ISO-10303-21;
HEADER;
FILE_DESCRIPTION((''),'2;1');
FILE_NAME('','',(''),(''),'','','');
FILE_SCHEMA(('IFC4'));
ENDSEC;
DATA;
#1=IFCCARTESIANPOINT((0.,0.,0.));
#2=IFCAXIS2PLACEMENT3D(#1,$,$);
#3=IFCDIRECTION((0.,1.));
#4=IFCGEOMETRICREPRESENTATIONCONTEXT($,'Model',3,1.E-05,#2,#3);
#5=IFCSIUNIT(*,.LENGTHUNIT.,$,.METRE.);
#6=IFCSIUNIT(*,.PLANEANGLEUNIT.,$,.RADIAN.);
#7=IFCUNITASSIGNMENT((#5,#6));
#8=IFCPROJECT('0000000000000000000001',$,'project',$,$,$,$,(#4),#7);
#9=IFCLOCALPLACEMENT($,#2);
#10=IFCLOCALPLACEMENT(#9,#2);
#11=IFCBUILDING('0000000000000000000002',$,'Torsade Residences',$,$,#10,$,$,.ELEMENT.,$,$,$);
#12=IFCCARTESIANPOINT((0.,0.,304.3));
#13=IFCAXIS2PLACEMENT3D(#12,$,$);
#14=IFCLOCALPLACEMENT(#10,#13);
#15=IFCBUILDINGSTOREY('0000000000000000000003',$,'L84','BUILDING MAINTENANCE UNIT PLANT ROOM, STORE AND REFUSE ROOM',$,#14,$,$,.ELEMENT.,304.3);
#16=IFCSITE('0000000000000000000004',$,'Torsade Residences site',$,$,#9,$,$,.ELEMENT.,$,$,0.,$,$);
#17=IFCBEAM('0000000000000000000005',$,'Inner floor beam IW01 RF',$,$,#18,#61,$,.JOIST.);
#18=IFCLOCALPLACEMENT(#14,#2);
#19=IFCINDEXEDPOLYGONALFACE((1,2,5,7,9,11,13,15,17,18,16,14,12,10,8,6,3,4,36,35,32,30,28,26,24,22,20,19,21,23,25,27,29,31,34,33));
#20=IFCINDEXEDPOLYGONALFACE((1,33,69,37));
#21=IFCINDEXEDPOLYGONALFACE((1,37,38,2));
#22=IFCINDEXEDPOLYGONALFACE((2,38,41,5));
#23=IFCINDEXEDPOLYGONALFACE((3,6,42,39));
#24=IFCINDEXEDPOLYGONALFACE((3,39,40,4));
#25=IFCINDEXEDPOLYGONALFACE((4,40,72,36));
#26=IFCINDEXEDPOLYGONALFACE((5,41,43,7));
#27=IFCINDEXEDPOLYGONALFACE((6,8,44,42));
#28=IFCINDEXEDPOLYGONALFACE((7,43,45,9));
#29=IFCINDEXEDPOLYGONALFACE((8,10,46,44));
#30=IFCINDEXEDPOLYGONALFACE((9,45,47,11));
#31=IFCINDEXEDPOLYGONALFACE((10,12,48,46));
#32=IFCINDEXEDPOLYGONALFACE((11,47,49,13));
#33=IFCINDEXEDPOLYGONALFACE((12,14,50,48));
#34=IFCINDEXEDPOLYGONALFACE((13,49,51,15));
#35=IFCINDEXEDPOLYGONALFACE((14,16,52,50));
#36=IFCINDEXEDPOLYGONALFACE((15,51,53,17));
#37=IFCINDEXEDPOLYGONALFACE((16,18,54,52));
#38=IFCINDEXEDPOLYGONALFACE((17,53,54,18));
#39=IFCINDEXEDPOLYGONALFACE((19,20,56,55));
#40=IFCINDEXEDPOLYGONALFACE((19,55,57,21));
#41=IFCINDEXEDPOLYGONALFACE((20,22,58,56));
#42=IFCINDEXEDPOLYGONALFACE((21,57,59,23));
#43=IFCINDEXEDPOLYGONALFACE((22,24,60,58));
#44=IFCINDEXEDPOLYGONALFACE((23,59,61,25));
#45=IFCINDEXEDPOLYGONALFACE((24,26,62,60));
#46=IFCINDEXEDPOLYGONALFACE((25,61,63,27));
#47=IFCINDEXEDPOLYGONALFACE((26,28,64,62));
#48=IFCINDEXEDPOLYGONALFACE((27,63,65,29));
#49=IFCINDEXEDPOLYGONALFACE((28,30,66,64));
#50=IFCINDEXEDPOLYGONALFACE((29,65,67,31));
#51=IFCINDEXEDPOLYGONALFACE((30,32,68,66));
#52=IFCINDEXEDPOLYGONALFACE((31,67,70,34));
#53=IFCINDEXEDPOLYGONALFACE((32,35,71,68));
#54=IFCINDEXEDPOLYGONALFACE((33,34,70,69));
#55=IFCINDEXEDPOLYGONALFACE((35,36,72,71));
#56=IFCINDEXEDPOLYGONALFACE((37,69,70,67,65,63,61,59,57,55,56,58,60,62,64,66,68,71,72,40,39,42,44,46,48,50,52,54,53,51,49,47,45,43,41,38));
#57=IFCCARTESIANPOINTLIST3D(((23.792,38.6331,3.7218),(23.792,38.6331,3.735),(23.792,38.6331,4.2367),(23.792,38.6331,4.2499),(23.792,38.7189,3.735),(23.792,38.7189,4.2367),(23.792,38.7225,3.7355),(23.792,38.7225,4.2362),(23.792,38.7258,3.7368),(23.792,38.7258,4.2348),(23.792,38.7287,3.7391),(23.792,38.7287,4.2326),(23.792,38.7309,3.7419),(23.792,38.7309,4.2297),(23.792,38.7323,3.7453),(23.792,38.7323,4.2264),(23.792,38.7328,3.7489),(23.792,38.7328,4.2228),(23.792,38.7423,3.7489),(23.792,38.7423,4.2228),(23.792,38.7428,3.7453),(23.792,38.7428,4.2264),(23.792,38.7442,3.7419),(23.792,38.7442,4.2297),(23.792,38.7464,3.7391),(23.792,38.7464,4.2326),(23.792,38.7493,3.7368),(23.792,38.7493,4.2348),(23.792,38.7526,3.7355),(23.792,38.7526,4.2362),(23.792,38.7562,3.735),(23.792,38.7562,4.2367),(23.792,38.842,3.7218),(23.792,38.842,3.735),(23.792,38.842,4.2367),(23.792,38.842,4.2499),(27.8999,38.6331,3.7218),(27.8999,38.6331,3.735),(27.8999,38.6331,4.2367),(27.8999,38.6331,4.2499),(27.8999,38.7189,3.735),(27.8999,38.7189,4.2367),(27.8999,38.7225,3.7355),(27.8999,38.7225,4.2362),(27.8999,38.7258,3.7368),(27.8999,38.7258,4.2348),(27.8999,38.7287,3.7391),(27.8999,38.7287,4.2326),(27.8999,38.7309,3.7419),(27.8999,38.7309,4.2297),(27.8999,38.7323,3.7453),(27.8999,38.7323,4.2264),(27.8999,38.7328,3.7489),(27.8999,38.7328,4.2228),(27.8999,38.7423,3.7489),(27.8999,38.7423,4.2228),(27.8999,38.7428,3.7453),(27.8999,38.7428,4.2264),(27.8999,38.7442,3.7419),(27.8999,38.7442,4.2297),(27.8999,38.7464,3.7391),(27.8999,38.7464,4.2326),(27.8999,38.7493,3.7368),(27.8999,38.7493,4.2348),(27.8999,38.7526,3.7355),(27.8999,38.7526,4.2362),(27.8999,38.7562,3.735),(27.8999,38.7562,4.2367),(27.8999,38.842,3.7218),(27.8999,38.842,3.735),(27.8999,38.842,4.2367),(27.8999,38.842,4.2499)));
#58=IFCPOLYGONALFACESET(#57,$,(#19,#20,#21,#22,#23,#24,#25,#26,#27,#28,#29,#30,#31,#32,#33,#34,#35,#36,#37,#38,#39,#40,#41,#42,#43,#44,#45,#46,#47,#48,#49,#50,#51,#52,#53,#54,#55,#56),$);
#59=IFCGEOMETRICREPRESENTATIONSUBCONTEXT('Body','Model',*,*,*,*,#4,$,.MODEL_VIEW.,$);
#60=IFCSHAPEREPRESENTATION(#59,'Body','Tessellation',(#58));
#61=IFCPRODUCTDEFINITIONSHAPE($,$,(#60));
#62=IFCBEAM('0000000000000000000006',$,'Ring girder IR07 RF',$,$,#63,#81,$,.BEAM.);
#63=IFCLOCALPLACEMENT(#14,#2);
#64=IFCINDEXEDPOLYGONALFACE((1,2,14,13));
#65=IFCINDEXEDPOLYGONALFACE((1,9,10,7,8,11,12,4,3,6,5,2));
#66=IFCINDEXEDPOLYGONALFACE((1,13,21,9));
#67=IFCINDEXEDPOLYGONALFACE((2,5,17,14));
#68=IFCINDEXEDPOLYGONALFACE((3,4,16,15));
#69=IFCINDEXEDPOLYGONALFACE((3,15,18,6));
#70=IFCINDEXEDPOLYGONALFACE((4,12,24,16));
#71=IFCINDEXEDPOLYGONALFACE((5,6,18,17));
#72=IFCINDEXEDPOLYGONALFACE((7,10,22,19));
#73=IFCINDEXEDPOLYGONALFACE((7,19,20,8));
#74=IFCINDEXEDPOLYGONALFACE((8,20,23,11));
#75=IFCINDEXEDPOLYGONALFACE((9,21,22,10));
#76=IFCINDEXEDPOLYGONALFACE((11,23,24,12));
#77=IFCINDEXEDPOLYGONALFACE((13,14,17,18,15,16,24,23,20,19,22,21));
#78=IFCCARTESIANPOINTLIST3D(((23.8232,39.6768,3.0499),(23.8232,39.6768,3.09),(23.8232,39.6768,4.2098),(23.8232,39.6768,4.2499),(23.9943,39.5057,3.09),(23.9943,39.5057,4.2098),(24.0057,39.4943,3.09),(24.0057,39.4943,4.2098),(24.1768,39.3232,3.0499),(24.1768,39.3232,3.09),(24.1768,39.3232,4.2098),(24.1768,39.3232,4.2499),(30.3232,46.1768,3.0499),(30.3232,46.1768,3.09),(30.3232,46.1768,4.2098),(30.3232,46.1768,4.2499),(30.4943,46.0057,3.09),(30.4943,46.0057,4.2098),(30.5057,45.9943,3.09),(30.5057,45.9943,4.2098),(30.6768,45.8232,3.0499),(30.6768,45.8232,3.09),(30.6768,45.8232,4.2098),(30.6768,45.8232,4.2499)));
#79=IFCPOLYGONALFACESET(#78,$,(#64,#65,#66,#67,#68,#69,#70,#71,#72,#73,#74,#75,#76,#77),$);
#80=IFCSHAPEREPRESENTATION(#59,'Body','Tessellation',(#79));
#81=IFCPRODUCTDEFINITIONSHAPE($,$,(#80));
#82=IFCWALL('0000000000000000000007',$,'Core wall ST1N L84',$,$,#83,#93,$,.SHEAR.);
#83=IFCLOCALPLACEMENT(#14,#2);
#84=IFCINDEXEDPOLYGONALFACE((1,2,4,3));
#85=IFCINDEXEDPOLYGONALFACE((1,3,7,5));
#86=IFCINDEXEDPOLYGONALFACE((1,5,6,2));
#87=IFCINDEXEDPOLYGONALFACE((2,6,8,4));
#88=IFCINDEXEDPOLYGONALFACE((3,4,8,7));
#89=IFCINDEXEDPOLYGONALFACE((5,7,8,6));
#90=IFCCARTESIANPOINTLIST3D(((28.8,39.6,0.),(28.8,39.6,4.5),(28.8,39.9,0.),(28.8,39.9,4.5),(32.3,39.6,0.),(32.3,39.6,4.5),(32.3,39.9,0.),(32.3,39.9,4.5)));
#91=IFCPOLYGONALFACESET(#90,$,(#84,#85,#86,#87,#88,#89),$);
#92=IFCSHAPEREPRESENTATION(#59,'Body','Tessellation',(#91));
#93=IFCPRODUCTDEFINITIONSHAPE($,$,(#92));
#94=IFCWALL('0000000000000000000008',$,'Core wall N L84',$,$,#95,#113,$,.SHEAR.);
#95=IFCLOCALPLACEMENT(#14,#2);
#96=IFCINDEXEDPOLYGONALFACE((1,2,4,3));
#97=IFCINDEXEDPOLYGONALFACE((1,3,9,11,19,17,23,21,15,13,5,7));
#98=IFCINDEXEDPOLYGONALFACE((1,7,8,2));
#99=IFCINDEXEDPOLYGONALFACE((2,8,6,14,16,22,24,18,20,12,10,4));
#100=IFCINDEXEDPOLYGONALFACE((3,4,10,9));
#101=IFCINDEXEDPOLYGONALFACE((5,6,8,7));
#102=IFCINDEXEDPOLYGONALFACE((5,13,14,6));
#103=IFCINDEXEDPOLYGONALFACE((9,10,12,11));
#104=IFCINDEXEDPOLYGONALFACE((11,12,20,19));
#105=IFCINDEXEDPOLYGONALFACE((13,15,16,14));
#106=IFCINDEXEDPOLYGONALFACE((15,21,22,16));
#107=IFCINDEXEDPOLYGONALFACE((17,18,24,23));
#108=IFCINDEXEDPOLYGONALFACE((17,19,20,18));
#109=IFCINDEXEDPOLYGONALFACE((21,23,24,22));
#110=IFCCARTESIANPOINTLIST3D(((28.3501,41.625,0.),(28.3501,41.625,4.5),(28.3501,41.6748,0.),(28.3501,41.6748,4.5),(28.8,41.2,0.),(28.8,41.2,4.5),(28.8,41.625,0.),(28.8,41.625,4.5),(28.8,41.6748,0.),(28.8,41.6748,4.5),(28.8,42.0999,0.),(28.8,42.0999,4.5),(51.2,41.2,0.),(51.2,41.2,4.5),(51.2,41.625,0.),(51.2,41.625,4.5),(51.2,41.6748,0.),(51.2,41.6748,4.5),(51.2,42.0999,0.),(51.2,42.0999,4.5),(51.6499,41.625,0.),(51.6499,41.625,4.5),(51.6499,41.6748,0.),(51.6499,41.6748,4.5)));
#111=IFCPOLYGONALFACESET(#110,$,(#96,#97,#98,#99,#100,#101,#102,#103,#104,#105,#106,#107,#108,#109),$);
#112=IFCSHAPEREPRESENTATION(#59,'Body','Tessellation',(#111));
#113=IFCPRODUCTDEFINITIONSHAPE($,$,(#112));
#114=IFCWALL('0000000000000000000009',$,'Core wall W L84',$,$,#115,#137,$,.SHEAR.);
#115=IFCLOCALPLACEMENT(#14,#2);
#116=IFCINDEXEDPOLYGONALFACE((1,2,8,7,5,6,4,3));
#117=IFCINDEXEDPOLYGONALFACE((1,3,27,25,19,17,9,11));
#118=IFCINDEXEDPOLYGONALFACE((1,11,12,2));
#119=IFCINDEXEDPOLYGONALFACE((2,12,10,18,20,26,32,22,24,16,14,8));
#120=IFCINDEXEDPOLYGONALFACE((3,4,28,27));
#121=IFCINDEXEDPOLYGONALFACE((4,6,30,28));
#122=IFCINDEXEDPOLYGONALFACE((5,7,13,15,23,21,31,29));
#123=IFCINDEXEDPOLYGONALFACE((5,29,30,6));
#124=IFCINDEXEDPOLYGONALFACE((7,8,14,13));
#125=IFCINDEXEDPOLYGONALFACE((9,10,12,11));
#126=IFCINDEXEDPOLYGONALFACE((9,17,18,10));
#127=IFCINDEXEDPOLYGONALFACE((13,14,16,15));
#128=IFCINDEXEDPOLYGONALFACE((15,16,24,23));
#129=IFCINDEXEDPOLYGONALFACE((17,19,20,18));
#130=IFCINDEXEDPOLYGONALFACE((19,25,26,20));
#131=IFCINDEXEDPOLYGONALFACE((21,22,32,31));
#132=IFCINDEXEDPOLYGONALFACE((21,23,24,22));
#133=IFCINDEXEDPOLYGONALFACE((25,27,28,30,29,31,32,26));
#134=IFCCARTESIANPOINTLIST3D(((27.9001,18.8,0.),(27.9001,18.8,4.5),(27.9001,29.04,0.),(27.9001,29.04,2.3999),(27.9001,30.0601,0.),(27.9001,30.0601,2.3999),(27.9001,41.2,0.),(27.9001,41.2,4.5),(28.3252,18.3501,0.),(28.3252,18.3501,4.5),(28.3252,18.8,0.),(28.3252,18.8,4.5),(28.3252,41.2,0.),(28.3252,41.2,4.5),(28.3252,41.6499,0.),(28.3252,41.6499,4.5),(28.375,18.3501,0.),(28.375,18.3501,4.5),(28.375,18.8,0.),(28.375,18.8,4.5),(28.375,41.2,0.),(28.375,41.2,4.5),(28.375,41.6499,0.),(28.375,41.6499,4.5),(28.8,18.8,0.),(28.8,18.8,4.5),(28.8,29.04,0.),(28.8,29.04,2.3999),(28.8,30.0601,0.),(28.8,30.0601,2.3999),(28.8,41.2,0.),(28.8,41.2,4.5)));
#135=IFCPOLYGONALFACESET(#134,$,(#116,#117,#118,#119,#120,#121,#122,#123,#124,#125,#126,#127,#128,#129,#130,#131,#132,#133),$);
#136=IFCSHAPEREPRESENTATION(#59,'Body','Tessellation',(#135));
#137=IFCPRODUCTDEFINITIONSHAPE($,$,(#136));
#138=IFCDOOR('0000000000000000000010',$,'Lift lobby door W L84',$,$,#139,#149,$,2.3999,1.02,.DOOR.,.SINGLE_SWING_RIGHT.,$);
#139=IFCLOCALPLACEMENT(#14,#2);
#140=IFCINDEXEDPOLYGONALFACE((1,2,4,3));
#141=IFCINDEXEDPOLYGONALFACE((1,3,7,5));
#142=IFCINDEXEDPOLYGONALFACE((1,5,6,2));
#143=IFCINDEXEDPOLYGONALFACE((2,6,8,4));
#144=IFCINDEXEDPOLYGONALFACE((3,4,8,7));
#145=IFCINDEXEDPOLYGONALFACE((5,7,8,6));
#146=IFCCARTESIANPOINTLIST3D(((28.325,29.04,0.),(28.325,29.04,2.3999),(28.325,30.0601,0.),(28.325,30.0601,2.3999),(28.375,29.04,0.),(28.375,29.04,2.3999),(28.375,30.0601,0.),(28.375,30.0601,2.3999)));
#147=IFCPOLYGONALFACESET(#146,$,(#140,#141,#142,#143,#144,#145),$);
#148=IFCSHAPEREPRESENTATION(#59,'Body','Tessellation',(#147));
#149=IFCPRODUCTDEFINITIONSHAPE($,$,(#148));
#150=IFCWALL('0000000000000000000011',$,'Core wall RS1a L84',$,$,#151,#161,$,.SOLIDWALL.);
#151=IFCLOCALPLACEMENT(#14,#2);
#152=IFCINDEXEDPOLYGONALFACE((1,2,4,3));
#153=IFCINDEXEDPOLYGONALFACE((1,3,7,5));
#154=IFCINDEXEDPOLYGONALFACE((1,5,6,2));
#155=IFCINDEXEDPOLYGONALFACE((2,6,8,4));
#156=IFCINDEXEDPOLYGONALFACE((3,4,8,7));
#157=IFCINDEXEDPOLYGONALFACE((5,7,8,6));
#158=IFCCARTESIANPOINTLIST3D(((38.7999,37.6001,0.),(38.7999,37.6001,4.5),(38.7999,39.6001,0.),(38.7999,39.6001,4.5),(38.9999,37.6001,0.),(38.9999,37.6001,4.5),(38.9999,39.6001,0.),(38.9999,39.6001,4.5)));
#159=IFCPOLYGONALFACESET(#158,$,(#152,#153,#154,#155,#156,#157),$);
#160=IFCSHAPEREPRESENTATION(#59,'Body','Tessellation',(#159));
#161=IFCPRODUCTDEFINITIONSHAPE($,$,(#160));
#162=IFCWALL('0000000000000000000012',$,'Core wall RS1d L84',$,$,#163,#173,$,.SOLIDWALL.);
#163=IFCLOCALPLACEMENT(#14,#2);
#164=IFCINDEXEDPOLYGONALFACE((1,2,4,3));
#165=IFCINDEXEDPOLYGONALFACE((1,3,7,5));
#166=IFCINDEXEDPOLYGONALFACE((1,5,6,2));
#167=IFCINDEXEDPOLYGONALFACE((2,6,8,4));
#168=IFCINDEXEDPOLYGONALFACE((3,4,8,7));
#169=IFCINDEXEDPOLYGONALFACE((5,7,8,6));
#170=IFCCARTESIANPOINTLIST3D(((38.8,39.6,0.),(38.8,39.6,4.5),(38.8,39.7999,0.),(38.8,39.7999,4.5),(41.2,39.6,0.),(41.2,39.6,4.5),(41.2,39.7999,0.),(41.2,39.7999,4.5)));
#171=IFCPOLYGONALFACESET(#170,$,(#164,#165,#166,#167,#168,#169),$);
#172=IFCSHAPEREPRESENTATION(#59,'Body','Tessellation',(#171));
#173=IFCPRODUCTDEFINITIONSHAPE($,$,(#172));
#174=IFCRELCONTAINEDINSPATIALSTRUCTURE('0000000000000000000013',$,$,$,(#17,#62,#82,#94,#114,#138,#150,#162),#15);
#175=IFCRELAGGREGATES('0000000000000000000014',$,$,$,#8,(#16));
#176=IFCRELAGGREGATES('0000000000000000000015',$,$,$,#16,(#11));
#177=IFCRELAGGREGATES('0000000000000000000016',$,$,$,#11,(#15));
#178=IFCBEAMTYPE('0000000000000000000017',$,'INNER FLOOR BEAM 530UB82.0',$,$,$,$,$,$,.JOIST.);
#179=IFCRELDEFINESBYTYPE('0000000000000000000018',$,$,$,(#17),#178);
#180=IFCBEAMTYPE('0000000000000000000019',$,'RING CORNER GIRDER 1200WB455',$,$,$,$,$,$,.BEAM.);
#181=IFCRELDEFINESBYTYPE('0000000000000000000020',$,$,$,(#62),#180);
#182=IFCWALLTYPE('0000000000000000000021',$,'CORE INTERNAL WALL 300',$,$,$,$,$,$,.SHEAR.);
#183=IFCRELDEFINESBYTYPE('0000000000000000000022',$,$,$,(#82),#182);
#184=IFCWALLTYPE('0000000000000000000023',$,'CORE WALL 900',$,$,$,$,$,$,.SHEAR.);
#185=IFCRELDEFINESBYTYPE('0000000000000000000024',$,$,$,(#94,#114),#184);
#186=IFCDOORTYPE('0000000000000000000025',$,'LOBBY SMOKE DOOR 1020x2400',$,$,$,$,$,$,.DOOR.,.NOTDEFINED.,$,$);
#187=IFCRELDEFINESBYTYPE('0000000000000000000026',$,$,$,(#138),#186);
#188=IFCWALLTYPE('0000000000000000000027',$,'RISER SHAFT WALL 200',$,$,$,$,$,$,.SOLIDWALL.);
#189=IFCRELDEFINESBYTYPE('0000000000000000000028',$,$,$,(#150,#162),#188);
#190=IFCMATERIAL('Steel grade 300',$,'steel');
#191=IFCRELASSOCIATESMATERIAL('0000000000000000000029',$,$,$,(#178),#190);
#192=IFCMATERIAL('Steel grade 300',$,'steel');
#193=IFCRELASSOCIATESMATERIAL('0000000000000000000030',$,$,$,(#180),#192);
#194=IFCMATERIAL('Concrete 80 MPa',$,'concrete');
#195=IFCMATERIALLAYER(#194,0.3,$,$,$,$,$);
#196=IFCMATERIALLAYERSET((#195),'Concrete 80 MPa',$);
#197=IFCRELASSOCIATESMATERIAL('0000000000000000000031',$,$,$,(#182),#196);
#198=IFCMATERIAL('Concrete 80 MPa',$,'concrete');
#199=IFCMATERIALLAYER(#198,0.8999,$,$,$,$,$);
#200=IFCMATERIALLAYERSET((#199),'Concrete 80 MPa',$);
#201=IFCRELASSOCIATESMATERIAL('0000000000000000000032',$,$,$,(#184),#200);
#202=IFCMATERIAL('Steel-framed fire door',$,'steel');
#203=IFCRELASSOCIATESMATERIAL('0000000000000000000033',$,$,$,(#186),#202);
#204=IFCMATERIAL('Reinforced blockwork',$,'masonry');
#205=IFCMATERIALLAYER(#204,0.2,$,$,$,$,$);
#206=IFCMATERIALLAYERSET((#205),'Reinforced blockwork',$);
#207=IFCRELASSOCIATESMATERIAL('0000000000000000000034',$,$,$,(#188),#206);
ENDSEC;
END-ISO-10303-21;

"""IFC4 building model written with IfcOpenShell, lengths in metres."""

from ifc_helpers import new_model, si_unit, direction, frame, frame_2d, origin, origin_2d, place, context, subcontext, project, spatial, polyline, rectangle, i_section, outline, extrude, material, layer, layer_set, material_profile, profile_set, type_object, element, fill, save


model = new_model("IFC4")

# Units and contexts
model_context = context("Model", 3, precision=1e-05, world=origin(), true_north=direction((0.0, 1.0)))
body_context = subcontext(model_context, "Body", "Model", "MODEL_VIEW")
ifc_project = project(units=[si_unit("LENGTHUNIT", "METRE"), si_unit("PLANEANGLEUNIT", "RADIAN")], contexts=[model_context])

# Site, building, storey
site_placement = place(None, origin())
site = spatial("IfcSite", under=ifc_project, at=site_placement, Name="Torsade Residences site", CompositionType="ELEMENT", RefElevation=0.0)
building_placement = place(site_placement, origin())
building = spatial("IfcBuilding", under=site, at=building_placement, Name="Torsade Residences", CompositionType="ELEMENT")
storey_placement = place(building_placement, frame((0.0, 0.0, 304.3)))
storey = spatial("IfcBuildingStorey", under=building, at=storey_placement, Name="L84", Description="BUILDING MAINTENANCE UNIT PLANT ROOM, STORE AND REFUSE ROOM", CompositionType="ELEMENT", Elevation=304.3)

# Beams
ifc_material_1 = material(Name="Steel grade 300", Category="steel")
ifc_material_profile_1 = material_profile(ifc_material_1, i_section(OverallWidth=0.209, OverallDepth=0.5281, WebThickness=0.0095, FlangeThickness=0.0132, FilletRadius=0.0139, at=origin_2d()), Name="530UB82.0")
ifc_profile_set_1 = profile_set([ifc_material_profile_1], Name="Steel grade 300")
beam_type_1 = type_object("IfcBeamType", Name="INNER FLOOR BEAM 530UB82.0", PredefinedType="JOIST", material=ifc_profile_set_1)
beam_1_placement = place(storey_placement, frame((27.8999, 38.7375, 3.9858), z_axis=(-1.0, 0.0, 0.0), x_axis=(0.0, -1.0, 0.0)))
element("IfcBeam", 1, at=beam_1_placement, inside=storey, type_object=beam_type_1, Name="Inner floor beam IW01 RF", PredefinedType="JOIST", context=body_context, shape_type="SweptSolid", body=[
    extrude(i_section(OverallWidth=0.209, OverallDepth=0.5281, WebThickness=0.0095, FlangeThickness=0.0132, FilletRadius=0.0139, at=origin_2d()), origin(), (0.0, 0.0, 1.0), 4.1079),
])
ifc_material_2 = material(Name="Steel grade 300", Category="steel")
ifc_material_profile_2 = material_profile(ifc_material_2, i_section(OverallWidth=0.5, OverallDepth=1.2, WebThickness=0.0161, FlangeThickness=0.04, at=origin_2d()), Name="1200WB455")
ifc_profile_set_2 = profile_set([ifc_material_profile_2], Name="Steel grade 300")
beam_type_2 = type_object("IfcBeamType", Name="RING CORNER GIRDER 1200WB455", PredefinedType="BEAM", material=ifc_profile_set_2)
beam_2_placement = place(storey_placement, frame((30.5, 46.0, 3.6499), z_axis=(-0.707107, -0.707107, 0.0), x_axis=(0.707107, -0.707107, 0.0)))
element("IfcBeam", 2, at=beam_2_placement, inside=storey, type_object=beam_type_2, Name="Ring girder IR07 RF", PredefinedType="BEAM", context=body_context, shape_type="SweptSolid", body=[
    extrude(i_section(OverallWidth=0.5, OverallDepth=1.2, WebThickness=0.0161, FlangeThickness=0.04, at=origin_2d()), origin(), (0.0, 0.0, 1.0), 9.1924),
])

# Walls
ifc_material_3 = material(Name="Concrete 80 MPa", Category="concrete")
ifc_layer_1 = layer(ifc_material_3, 0.3)
ifc_layer_set_1 = layer_set([ifc_layer_1], Name="Concrete 80 MPa")
wall_type_1 = type_object("IfcWallType", Name="CORE INTERNAL WALL 300", PredefinedType="SHEAR", material=ifc_layer_set_1)
wall_1_placement = place(storey_placement, frame((28.8, 39.75, 0.0), z_axis=(0.0, 0.0, 1.0), x_axis=(1.0, 0.0, 0.0)))
element("IfcWall", 3, at=wall_1_placement, inside=storey, type_object=wall_type_1, Name="Core wall ST1N L84", PredefinedType="SHEAR", context=body_context, shape_type="SweptSolid", body=[
    extrude(rectangle(XDim=3.5, YDim=0.3, at=frame_2d((1.75, 0.0))), origin(), (0.0, 0.0, 1.0), 4.5),
])
ifc_material_4 = material(Name="Concrete 80 MPa", Category="concrete")
ifc_layer_2 = layer(ifc_material_4, 0.8999)
ifc_layer_set_2 = layer_set([ifc_layer_2], Name="Concrete 80 MPa")
wall_type_2 = type_object("IfcWallType", Name="CORE WALL 900", PredefinedType="SHEAR", material=ifc_layer_set_2)
wall_2_placement = place(storey_placement, frame((28.8, 41.6499, 0.0), z_axis=(0.0, 0.0, 1.0), x_axis=(1.0, 0.0, 0.0)))
element("IfcWall", 4, at=wall_2_placement, inside=storey, type_object=wall_type_2, Name="Core wall N L84", PredefinedType="SHEAR", context=body_context, shape_type="SweptSolid", body=[
    extrude(outline(polyline([(0.0, -0.45), (22.3999, -0.45), (22.3999, -0.0249), (22.8499, -0.0249), (22.8499, 0.0249), (22.3999, 0.0249), (22.3999, 0.45), (0.0, 0.45), (0.0, 0.0249), (-0.45, 0.0249), (-0.45, -0.0249), (0.0, -0.0249), (0.0, -0.45)])), origin(), (0.0, 0.0, 1.0), 4.5),
])

# Wall, opening, door
wall_3_placement = place(storey_placement, frame((28.3501, 41.2, 0.0), z_axis=(0.0, 0.0, 1.0), x_axis=(0.0, -1.0, 0.0)))
wall_3 = element("IfcWall", 5, at=wall_3_placement, inside=storey, type_object=wall_type_2, Name="Core wall W L84", PredefinedType="SHEAR", context=body_context, shape_type="SweptSolid", body=[
    extrude(outline(polyline([(0.0, -0.45), (22.3999, -0.45), (22.3999, -0.0249), (22.8499, -0.0249), (22.8499, 0.0249), (22.3999, 0.0249), (22.3999, 0.45), (0.0, 0.45), (0.0, 0.0249), (-0.45, 0.0249), (-0.45, -0.0249), (0.0, -0.0249), (0.0, -0.45)])), origin(), (0.0, 0.0, 1.0), 4.5),
])
opening_placement = place(wall_3_placement, frame((11.1399, 0.0, 0.0)))
opening = element("IfcOpeningElement", 6, at=opening_placement, cuts=wall_3, PredefinedType="OPENING", context=body_context, shape_type="SweptSolid", body=[
    extrude(rectangle(XDim=1.02, YDim=2.3999, at=frame_2d((0.51, 1.2))), frame((0.0, 0.46, 0.0), z_axis=(0.0, -1.0, 0.0), x_axis=(1.0, 0.0, 0.0)), (0.0, 0.0, 1.0), 0.9199),
])
ifc_material_5 = material(Name="Steel-framed fire door", Category="steel")
door_type = type_object("IfcDoorType", Name="LOBBY SMOKE DOOR 1020x2400", OperationType="NOTDEFINED", PredefinedType="DOOR", material=ifc_material_5)
door_placement = place(opening_placement, origin())
door = element("IfcDoor", 7, at=door_placement, inside=storey, type_object=door_type, Name="Lift lobby door W L84", OperationType="SINGLE_SWING_RIGHT", OverallHeight=2.3999, OverallWidth=1.02, PredefinedType="DOOR", context=body_context, shape_type="SweptSolid", body=[
    extrude(rectangle(XDim=1.02, YDim=2.3999, at=frame_2d((0.51, 1.2))), frame((0.0, 0.0249, 0.0), z_axis=(0.0, -1.0, 0.0), x_axis=(1.0, 0.0, 0.0)), (0.0, 0.0, 1.0), 0.05),
])
fill(opening, door)

# Walls
ifc_material_6 = material(Name="Reinforced blockwork", Category="masonry")
ifc_layer_3 = layer(ifc_material_6, 0.2)
ifc_layer_set_3 = layer_set([ifc_layer_3], Name="Reinforced blockwork")
wall_type_3 = type_object("IfcWallType", Name="RISER SHAFT WALL 200", PredefinedType="SOLIDWALL", material=ifc_layer_set_3)
wall_4_placement = place(storey_placement, frame((38.8999, 37.6001, 0.0), z_axis=(0.0, 0.0, 1.0), x_axis=(0.0, 1.0, 0.0)))
element("IfcWall", 8, at=wall_4_placement, inside=storey, type_object=wall_type_3, Name="Core wall RS1a L84", PredefinedType="SOLIDWALL", context=body_context, shape_type="SweptSolid", body=[
    extrude(rectangle(XDim=2.0, YDim=0.2, at=frame_2d((1.0, 0.0))), origin(), (0.0, 0.0, 1.0), 4.5),
])
wall_5_placement = place(storey_placement, frame((38.8, 39.7, 0.0), z_axis=(0.0, 0.0, 1.0), x_axis=(1.0, 0.0, 0.0)))
element("IfcWall", 9, at=wall_5_placement, inside=storey, type_object=wall_type_3, Name="Core wall RS1d L84", PredefinedType="SOLIDWALL", context=body_context, shape_type="SweptSolid", body=[
    extrude(rectangle(XDim=2.3999, YDim=0.2, at=frame_2d((1.2, 0.0))), origin(), (0.0, 0.0, 1.0), 4.5),
])

save(model, "model.ifc")
